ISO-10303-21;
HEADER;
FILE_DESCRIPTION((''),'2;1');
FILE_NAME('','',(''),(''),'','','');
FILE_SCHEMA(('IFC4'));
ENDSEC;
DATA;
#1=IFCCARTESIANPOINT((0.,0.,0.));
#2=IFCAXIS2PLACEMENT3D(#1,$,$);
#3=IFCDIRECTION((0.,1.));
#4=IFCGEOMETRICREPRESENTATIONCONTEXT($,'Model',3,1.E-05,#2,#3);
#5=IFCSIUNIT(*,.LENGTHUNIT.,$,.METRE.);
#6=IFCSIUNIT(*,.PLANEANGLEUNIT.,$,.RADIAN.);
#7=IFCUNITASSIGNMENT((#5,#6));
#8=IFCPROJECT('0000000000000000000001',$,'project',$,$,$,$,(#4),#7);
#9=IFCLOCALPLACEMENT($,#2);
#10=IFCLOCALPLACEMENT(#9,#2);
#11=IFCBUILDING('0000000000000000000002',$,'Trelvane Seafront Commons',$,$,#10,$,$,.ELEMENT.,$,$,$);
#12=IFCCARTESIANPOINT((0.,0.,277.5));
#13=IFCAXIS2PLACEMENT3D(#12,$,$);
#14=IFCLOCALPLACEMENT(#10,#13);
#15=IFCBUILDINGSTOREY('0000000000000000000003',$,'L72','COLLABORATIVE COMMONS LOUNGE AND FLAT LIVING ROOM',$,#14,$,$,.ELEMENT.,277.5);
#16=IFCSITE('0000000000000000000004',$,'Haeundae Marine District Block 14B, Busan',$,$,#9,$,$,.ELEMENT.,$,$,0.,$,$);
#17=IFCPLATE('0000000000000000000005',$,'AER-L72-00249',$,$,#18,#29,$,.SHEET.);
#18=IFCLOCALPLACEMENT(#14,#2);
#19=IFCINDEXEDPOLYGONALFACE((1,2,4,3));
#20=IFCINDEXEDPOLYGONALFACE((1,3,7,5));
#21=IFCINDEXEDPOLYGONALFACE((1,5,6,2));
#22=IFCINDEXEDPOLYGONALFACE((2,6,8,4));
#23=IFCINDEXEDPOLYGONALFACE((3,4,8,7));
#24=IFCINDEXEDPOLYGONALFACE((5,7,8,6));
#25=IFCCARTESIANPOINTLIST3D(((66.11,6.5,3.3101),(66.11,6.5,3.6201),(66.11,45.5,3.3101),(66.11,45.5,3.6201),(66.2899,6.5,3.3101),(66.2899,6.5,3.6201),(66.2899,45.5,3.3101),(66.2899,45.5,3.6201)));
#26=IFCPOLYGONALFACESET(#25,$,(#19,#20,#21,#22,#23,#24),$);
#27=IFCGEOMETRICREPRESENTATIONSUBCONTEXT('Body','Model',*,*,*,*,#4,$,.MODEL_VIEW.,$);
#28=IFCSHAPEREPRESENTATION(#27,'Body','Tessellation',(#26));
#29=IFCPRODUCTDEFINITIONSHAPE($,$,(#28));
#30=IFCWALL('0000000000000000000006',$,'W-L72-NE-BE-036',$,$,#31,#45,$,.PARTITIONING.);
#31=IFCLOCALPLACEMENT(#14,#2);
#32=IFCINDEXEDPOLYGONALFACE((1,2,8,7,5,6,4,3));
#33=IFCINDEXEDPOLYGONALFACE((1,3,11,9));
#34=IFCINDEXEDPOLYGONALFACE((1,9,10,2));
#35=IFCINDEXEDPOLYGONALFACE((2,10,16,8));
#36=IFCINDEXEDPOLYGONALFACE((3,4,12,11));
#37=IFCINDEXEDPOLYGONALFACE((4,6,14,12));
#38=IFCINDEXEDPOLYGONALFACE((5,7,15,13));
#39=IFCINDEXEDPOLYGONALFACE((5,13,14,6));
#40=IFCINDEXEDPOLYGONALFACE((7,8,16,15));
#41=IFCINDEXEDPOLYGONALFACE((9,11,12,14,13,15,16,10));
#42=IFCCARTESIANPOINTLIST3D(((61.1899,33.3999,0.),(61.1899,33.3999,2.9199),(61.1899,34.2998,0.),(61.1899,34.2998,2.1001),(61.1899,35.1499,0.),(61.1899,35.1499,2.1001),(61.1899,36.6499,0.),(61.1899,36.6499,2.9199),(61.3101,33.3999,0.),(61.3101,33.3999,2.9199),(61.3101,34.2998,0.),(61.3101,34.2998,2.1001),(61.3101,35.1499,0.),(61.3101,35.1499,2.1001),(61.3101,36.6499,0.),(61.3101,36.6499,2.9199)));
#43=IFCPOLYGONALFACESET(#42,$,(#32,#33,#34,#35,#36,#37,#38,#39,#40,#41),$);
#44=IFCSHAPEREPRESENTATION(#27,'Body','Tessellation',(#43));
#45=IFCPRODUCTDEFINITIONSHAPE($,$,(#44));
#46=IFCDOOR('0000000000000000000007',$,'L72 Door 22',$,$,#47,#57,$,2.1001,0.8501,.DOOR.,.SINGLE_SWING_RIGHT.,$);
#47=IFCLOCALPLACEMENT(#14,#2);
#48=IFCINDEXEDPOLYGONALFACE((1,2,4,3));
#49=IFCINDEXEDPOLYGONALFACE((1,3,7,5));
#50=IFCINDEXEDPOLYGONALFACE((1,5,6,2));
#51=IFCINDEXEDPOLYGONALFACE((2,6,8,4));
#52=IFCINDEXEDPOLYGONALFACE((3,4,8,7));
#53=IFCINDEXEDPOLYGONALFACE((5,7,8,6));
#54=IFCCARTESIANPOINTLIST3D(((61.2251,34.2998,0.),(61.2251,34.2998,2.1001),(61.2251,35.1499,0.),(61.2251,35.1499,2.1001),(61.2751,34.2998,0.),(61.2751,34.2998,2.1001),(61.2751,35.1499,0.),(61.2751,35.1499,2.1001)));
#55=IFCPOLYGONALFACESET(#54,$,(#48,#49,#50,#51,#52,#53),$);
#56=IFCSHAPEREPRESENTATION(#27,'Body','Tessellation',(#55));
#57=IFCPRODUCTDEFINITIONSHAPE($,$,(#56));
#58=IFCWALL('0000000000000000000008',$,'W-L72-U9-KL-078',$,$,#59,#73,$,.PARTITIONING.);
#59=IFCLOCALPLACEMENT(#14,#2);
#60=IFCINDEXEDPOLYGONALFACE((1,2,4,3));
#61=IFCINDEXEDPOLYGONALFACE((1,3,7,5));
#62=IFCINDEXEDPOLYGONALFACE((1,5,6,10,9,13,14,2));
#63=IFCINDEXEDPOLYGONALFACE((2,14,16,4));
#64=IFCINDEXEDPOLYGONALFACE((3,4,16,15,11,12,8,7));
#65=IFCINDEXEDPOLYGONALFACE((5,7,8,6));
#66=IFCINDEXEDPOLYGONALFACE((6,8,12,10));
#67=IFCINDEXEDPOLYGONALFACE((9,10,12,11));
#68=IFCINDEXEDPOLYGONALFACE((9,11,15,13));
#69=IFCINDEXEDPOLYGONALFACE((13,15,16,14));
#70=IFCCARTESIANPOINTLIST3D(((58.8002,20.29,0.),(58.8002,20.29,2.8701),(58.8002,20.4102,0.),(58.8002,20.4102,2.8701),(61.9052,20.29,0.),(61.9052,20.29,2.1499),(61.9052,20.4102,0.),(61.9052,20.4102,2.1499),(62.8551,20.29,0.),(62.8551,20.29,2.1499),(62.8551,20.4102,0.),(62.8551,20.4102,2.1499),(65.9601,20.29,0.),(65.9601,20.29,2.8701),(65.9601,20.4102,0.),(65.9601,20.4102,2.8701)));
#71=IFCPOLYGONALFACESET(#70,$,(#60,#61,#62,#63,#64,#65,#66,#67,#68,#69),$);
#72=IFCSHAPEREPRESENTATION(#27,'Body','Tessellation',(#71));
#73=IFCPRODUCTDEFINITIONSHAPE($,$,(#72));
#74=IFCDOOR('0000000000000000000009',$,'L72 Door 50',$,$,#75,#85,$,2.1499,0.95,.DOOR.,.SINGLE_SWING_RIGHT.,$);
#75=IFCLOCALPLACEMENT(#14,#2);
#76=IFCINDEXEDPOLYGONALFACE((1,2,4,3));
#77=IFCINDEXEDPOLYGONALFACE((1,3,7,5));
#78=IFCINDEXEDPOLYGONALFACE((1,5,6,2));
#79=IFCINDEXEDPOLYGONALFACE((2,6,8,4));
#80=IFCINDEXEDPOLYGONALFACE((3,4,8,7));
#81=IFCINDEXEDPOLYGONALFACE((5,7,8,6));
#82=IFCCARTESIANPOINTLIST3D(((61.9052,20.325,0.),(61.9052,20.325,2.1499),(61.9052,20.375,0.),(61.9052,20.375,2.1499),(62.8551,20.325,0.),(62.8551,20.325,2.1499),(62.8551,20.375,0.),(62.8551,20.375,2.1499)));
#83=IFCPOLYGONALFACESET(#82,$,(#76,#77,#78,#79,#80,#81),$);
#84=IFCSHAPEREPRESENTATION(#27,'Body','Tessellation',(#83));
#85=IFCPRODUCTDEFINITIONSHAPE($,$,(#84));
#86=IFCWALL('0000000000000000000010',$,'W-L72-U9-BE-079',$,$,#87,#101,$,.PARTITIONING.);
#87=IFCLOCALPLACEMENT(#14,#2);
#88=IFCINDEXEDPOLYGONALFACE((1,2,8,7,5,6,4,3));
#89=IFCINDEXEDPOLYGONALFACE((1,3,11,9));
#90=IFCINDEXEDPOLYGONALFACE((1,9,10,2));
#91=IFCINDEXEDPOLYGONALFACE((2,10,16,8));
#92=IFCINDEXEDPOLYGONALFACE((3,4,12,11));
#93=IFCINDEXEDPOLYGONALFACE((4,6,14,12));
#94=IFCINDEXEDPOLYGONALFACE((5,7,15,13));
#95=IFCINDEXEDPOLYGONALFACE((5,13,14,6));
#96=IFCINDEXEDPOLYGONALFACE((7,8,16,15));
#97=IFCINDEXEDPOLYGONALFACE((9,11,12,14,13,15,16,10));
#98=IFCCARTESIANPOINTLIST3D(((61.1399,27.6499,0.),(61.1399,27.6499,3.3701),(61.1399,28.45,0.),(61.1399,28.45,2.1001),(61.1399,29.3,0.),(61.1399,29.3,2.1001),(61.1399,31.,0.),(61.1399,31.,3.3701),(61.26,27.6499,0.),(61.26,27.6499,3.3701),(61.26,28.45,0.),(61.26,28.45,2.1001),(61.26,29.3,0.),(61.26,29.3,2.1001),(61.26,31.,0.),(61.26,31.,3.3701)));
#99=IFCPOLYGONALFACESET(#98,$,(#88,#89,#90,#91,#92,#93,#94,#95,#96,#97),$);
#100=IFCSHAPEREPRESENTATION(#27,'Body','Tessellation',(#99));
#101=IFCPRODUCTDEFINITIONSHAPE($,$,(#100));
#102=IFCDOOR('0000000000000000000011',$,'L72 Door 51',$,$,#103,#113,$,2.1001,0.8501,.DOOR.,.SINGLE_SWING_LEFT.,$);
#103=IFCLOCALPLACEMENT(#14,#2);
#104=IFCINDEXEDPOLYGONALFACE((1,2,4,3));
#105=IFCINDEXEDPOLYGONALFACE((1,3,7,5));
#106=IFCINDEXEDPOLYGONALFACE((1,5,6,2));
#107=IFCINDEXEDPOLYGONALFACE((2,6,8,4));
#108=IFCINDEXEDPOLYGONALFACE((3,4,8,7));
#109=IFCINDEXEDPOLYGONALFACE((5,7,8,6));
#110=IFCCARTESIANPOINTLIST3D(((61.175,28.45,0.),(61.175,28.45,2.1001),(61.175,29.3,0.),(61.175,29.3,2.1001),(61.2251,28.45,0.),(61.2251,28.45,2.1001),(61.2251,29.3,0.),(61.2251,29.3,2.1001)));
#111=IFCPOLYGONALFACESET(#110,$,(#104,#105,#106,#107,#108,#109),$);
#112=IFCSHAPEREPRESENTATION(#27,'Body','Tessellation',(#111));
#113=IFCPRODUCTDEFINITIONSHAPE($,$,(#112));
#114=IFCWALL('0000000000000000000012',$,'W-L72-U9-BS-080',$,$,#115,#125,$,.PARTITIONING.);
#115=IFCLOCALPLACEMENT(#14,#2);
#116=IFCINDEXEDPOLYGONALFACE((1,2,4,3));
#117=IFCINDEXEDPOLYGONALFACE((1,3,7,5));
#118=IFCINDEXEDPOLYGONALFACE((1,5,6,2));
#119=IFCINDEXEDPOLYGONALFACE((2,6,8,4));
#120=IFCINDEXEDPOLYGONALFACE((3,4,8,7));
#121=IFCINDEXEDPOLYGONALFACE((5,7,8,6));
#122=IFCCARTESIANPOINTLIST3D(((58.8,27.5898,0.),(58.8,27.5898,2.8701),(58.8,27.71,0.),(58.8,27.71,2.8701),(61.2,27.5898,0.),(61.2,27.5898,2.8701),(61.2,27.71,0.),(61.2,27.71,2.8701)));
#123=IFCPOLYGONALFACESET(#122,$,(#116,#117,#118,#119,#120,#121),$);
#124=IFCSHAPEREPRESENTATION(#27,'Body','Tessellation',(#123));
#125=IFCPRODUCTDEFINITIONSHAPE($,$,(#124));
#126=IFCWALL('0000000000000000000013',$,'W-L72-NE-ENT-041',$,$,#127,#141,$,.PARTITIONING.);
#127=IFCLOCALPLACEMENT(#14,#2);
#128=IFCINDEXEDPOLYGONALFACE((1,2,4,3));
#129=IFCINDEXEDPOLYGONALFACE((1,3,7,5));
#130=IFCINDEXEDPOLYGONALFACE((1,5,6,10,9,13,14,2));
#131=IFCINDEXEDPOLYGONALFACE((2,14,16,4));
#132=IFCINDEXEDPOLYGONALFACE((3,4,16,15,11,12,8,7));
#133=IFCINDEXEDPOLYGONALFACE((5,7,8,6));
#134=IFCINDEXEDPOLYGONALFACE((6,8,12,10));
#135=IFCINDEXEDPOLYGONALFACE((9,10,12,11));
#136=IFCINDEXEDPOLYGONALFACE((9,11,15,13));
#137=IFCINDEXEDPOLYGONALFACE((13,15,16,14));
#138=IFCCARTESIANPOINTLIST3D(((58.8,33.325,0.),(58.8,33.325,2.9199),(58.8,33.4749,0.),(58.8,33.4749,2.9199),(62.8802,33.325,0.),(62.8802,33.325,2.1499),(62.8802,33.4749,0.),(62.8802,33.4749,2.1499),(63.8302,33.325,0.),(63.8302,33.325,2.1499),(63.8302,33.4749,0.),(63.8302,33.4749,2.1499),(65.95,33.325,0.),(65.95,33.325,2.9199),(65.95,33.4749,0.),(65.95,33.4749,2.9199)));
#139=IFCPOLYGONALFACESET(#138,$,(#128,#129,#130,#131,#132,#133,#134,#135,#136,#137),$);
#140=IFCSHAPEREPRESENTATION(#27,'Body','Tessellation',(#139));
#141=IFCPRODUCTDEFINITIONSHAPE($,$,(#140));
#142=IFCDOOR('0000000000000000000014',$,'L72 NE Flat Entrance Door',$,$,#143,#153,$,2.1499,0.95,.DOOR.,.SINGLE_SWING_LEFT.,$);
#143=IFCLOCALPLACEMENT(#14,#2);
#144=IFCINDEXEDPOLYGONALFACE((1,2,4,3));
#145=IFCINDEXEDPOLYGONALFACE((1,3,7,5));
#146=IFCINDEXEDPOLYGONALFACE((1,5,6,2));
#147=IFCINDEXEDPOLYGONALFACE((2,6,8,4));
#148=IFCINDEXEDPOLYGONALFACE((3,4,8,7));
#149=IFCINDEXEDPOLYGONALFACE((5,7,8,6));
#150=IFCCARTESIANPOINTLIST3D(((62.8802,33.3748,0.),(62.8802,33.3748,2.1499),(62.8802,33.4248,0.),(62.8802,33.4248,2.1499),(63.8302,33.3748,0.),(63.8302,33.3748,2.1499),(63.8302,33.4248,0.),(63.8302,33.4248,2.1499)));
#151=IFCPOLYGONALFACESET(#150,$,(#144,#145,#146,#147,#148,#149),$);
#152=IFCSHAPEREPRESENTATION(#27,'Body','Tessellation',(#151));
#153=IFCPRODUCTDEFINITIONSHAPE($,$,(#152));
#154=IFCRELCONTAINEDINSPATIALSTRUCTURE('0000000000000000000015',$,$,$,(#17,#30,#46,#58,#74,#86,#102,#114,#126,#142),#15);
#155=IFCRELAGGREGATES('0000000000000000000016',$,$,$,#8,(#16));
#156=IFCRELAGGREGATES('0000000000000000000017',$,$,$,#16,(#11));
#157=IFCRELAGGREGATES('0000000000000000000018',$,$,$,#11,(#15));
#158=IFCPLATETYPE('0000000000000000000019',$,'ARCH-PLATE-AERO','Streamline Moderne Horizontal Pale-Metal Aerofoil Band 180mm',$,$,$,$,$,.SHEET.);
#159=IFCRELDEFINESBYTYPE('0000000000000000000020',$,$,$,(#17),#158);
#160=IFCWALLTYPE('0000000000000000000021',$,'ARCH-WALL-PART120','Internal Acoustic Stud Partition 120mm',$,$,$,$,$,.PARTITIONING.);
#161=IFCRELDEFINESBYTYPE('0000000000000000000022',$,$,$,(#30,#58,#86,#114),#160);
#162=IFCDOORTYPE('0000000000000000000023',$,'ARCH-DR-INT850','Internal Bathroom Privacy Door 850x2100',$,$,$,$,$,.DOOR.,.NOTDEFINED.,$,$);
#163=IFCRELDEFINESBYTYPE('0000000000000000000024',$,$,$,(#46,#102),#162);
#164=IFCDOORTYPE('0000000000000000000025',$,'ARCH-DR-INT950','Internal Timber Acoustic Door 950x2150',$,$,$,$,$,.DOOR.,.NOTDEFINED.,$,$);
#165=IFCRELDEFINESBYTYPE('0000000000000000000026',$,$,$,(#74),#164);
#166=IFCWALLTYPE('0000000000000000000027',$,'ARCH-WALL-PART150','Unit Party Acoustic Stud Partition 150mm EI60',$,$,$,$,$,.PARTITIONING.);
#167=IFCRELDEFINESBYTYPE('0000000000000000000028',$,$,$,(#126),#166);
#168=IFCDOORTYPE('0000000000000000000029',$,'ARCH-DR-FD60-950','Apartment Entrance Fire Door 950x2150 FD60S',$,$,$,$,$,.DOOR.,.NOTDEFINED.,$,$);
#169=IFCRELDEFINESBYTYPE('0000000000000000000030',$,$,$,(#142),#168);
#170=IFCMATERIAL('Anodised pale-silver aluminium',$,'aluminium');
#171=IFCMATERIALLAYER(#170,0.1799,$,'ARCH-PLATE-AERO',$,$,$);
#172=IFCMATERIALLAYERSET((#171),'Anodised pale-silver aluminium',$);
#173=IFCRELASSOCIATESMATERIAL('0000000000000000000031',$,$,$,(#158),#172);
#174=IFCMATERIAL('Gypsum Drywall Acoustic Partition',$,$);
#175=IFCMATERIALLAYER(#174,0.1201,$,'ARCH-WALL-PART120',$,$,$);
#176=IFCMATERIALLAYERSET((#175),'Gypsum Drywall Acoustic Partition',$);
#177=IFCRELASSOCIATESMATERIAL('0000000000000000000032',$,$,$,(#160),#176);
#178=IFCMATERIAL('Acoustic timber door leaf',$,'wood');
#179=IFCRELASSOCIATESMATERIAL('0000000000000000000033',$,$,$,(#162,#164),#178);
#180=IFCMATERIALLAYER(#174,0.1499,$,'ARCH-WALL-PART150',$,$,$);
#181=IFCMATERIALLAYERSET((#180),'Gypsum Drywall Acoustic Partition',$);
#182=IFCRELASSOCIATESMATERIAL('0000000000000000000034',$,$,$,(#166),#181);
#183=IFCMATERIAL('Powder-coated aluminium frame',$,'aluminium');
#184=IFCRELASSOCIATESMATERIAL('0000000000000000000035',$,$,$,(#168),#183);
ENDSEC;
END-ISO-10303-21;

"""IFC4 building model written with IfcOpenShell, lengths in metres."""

from ifc_helpers import new_model, si_unit, direction, frame, frame_2d, origin, origin_2d, place, context, subcontext, project, spatial, rectangle, extrude, source, transform, mapped, material, layer, layer_set, type_object, element, fill, save


model = new_model("IFC4")

# Units and contexts
model_context = context("Model", 3, precision=1e-05, world=origin(), true_north=direction((0.0, 1.0)))
body_context = subcontext(model_context, "Body", "Model", "MODEL_VIEW")
ifc_project = project(units=[si_unit("LENGTHUNIT", "METRE"), si_unit("PLANEANGLEUNIT", "RADIAN")], contexts=[model_context])

# Site, building, storey
site_placement = place(None, origin())
site = spatial("IfcSite", under=ifc_project, at=site_placement, Name="Haeundae Marine District Block 14B, Busan", CompositionType="ELEMENT", RefElevation=0.0)
building_placement = place(site_placement, origin())
building = spatial("IfcBuilding", under=site, at=building_placement, Name="Trelvane Seafront Commons", CompositionType="ELEMENT")
storey_placement = place(building_placement, frame((0.0, 0.0, 277.5)))
storey = spatial("IfcBuildingStorey", under=building, at=storey_placement, Name="L72", Description="COLLABORATIVE COMMONS LOUNGE AND FLAT LIVING ROOM", CompositionType="ELEMENT", Elevation=277.5)

# Plate
ifc_material_1 = material(Name="Anodised pale-silver aluminium", Category="aluminium")
ifc_layer_1 = layer(ifc_material_1, 0.1799, Name="ARCH-PLATE-AERO")
ifc_layer_set_1 = layer_set([ifc_layer_1], Name="Anodised pale-silver aluminium")
plate_type = type_object("IfcPlateType", Name="ARCH-PLATE-AERO", Description="Streamline Moderne Horizontal Pale-Metal Aerofoil Band 180mm", PredefinedType="SHEET", material=ifc_layer_set_1)
shared_shape_1 = source(origin(), body_context, "Body", "SweptSolid", [
    extrude(rectangle(XDim=39.0, YDim=0.1799, at=origin_2d()), origin(), (0.0, 0.0, 1.0), 0.3101),
])
plate_placement = place(storey_placement, frame((66.2, 26.0, 3.3101), z_axis=(0.0, 0.0, 1.0), x_axis=(0.0, -1.0, 0.0)))
element("IfcPlate", 1, at=plate_placement, inside=storey, type_object=plate_type, Name="AER-L72-00249", PredefinedType="SHEET", context=body_context, shape_type="MappedRepresentation", body=[
    mapped(shared_shape_1, transform((0.0, 0.0, 0.0), x_axis=(1.0, 0.0, 0.0), y_axis=(0.0, 1.0, 0.0), z_axis=(0.0, 0.0, 1.0), scale=1.0)),
])

# Walls, openings, doors
ifc_material_2 = material(Name="Gypsum Drywall Acoustic Partition")
ifc_layer_2 = layer(ifc_material_2, 0.1201, Name="ARCH-WALL-PART120")
ifc_layer_set_2 = layer_set([ifc_layer_2], Name="Gypsum Drywall Acoustic Partition")
wall_type_1 = type_object("IfcWallType", Name="ARCH-WALL-PART120", Description="Internal Acoustic Stud Partition 120mm", PredefinedType="PARTITIONING", material=ifc_layer_set_2)
wall_1_placement = place(storey_placement, frame((61.25, 33.3999, 0.0), z_axis=(0.0, 0.0, 1.0), x_axis=(0.0, 1.0, 0.0)))
wall_1 = element("IfcWall", 2, at=wall_1_placement, inside=storey, type_object=wall_type_1, Name="W-L72-NE-BE-036", PredefinedType="PARTITIONING", context=body_context, shape_type="SweptSolid", body=[
    extrude(rectangle(XDim=3.25, YDim=0.1201, at=frame_2d((1.625, 0.0))), origin(), (0.0, 0.0, 1.0), 2.9199),
])
opening_1_placement = place(wall_1_placement, frame((0.8999, 0.0, 0.0)))
opening_1 = element("IfcOpeningElement", 3, at=opening_1_placement, cuts=wall_1, PredefinedType="OPENING", context=body_context, shape_type="SweptSolid", body=[
    extrude(rectangle(XDim=0.8501, YDim=2.1001, at=frame_2d((0.425, 1.05))), frame((0.0, 0.0701, 0.0), z_axis=(0.0, -1.0, 0.0), x_axis=(1.0, 0.0, 0.0)), (0.0, 0.0, 1.0), 0.1401),
])
ifc_material_3 = material(Name="Acoustic timber door leaf", Category="wood")
door_type_1 = type_object("IfcDoorType", Name="ARCH-DR-INT850", Description="Internal Bathroom Privacy Door 850x2100", OperationType="NOTDEFINED", PredefinedType="DOOR", material=ifc_material_3)
shared_shape_2 = source(origin(), body_context, "Body", "SweptSolid", [
    extrude(rectangle(XDim=0.8501, YDim=2.1001, at=frame_2d((0.425, 1.05))), frame((0.0, 0.0249, 0.0), z_axis=(0.0, -1.0, 0.0), x_axis=(1.0, 0.0, 0.0)), (0.0, 0.0, 1.0), 0.05),
])
door_1_placement = place(opening_1_placement, origin())
door_1 = element("IfcDoor", 4, at=door_1_placement, inside=storey, type_object=door_type_1, Name="L72 Door 22", OperationType="SINGLE_SWING_RIGHT", OverallHeight=2.1001, OverallWidth=0.8501, PredefinedType="DOOR", context=body_context, shape_type="MappedRepresentation", body=[
    mapped(shared_shape_2, transform((0.0, 0.0, 0.0), x_axis=(1.0, 0.0, 0.0), y_axis=(0.0, 1.0, 0.0), z_axis=(0.0, 0.0, 1.0), scale=1.0)),
])
fill(opening_1, door_1)
door_type_2 = type_object("IfcDoorType", Name="ARCH-DR-INT950", Description="Internal Timber Acoustic Door 950x2150", OperationType="NOTDEFINED", PredefinedType="DOOR", material=ifc_material_3)
shared_shape_3 = source(origin(), body_context, "Body", "SweptSolid", [
    extrude(rectangle(XDim=0.95, YDim=2.1499, at=frame_2d((0.4751, 1.075))), frame((0.0, 0.0249, 0.0), z_axis=(0.0, -1.0, 0.0), x_axis=(1.0, 0.0, 0.0)), (0.0, 0.0, 1.0), 0.05),
])
wall_2_placement = place(storey_placement, frame((58.8, 20.3501, 0.0), z_axis=(0.0, 0.0, 1.0), x_axis=(1.0, 0.0, 0.0)))
wall_2 = element("IfcWall", 5, at=wall_2_placement, inside=storey, type_object=wall_type_1, Name="W-L72-U9-KL-078", PredefinedType="PARTITIONING", context=body_context, shape_type="SweptSolid", body=[
    extrude(rectangle(XDim=7.1599, YDim=0.1201, at=frame_2d((3.5801, 0.0))), origin(), (0.0, 0.0, 1.0), 2.8701),
])
opening_2_placement = place(wall_2_placement, frame((3.105, 0.0, 0.0)))
opening_2 = element("IfcOpeningElement", 6, at=opening_2_placement, cuts=wall_2, PredefinedType="OPENING", context=body_context, shape_type="SweptSolid", body=[
    extrude(rectangle(XDim=0.95, YDim=2.1499, at=frame_2d((0.4751, 1.075))), frame((0.0, 0.0701, 0.0), z_axis=(0.0, -1.0, 0.0), x_axis=(1.0, 0.0, 0.0)), (0.0, 0.0, 1.0), 0.1401),
])
door_2_placement = place(opening_2_placement, origin())
door_2 = element("IfcDoor", 7, at=door_2_placement, inside=storey, type_object=door_type_2, Name="L72 Door 50", OperationType="SINGLE_SWING_RIGHT", OverallHeight=2.1499, OverallWidth=0.95, PredefinedType="DOOR", context=body_context, shape_type="MappedRepresentation", body=[
    mapped(shared_shape_3, transform((0.0, 0.0, 0.0), x_axis=(1.0, 0.0, 0.0), y_axis=(0.0, 1.0, 0.0), z_axis=(0.0, 0.0, 1.0), scale=1.0)),
])
fill(opening_2, door_2)
wall_3_placement = place(storey_placement, frame((61.2, 27.6499, 0.0), z_axis=(0.0, 0.0, 1.0), x_axis=(0.0, 1.0, 0.0)))
wall_3 = element("IfcWall", 8, at=wall_3_placement, inside=storey, type_object=wall_type_1, Name="W-L72-U9-BE-079", PredefinedType="PARTITIONING", context=body_context, shape_type="SweptSolid", body=[
    extrude(rectangle(XDim=3.3501, YDim=0.1201, at=frame_2d((1.675, 0.0))), origin(), (0.0, 0.0, 1.0), 3.3701),
])
opening_3_placement = place(wall_3_placement, frame((0.8, 0.0, 0.0)))
opening_3 = element("IfcOpeningElement", 9, at=opening_3_placement, cuts=wall_3, PredefinedType="OPENING", context=body_context, shape_type="SweptSolid", body=[
    extrude(rectangle(XDim=0.8501, YDim=2.1001, at=frame_2d((0.425, 1.05))), frame((0.0, 0.0701, 0.0), z_axis=(0.0, -1.0, 0.0), x_axis=(1.0, 0.0, 0.0)), (0.0, 0.0, 1.0), 0.1401),
])
door_3_placement = place(opening_3_placement, origin())
door_3 = element("IfcDoor", 10, at=door_3_placement, inside=storey, type_object=door_type_1, Name="L72 Door 51", OperationType="SINGLE_SWING_LEFT", OverallHeight=2.1001, OverallWidth=0.8501, PredefinedType="DOOR", context=body_context, shape_type="MappedRepresentation", body=[
    mapped(shared_shape_2, transform((0.0, 0.0, 0.0), x_axis=(1.0, 0.0, 0.0), y_axis=(0.0, 1.0, 0.0), z_axis=(0.0, 0.0, 1.0), scale=1.0)),
])
fill(opening_3, door_3)

# Wall
wall_4_placement = place(storey_placement, frame((58.8, 27.6499, 0.0), z_axis=(0.0, 0.0, 1.0), x_axis=(1.0, 0.0, 0.0)))
element("IfcWall", 11, at=wall_4_placement, inside=storey, type_object=wall_type_1, Name="W-L72-U9-BS-080", PredefinedType="PARTITIONING", context=body_context, shape_type="SweptSolid", body=[
    extrude(rectangle(XDim=2.3999, YDim=0.1201, at=frame_2d((1.2, 0.0))), origin(), (0.0, 0.0, 1.0), 2.8701),
])

# Wall, opening, door
ifc_layer_3 = layer(ifc_material_2, 0.1499, Name="ARCH-WALL-PART150")
ifc_layer_set_3 = layer_set([ifc_layer_3], Name="Gypsum Drywall Acoustic Partition")
wall_type_2 = type_object("IfcWallType", Name="ARCH-WALL-PART150", Description="Unit Party Acoustic Stud Partition 150mm EI60", PredefinedType="PARTITIONING", material=ifc_layer_set_3)
wall_5_placement = place(storey_placement, frame((58.8, 33.3999, 0.0), z_axis=(0.0, 0.0, 1.0), x_axis=(1.0, 0.0, 0.0)))
wall_5 = element("IfcWall", 12, at=wall_5_placement, inside=storey, type_object=wall_type_2, Name="W-L72-NE-ENT-041", PredefinedType="PARTITIONING", context=body_context, shape_type="SweptSolid", body=[
    extrude(rectangle(XDim=7.1499, YDim=0.1499, at=frame_2d((3.575, 0.0))), origin(), (0.0, 0.0, 1.0), 2.9199),
])
opening_4_placement = place(wall_5_placement, frame((4.0801, 0.0, 0.0)))
opening_4 = element("IfcOpeningElement", 13, at=opening_4_placement, cuts=wall_5, PredefinedType="OPENING", context=body_context, shape_type="SweptSolid", body=[
    extrude(rectangle(XDim=0.95, YDim=2.1499, at=frame_2d((0.4751, 1.075))), frame((0.0, 0.085, 0.0), z_axis=(0.0, -1.0, 0.0), x_axis=(1.0, 0.0, 0.0)), (0.0, 0.0, 1.0), 0.1699),
])
ifc_material_4 = material(Name="Powder-coated aluminium frame", Category="aluminium")
door_type_3 = type_object("IfcDoorType", Name="ARCH-DR-FD60-950", Description="Apartment Entrance Fire Door 950x2150 FD60S", OperationType="NOTDEFINED", PredefinedType="DOOR", material=ifc_material_4)
door_4_placement = place(opening_4_placement, origin())
door_4 = element("IfcDoor", 14, at=door_4_placement, inside=storey, type_object=door_type_3, Name="L72 NE Flat Entrance Door", OperationType="SINGLE_SWING_LEFT", OverallHeight=2.1499, OverallWidth=0.95, PredefinedType="DOOR", context=body_context, shape_type="MappedRepresentation", body=[
    mapped(shared_shape_3, transform((0.0, 0.0, 0.0), x_axis=(1.0, 0.0, 0.0), y_axis=(0.0, 1.0, 0.0), z_axis=(0.0, 0.0, 1.0), scale=1.0)),
])
fill(opening_4, door_4)

save(model, "model.ifc")
